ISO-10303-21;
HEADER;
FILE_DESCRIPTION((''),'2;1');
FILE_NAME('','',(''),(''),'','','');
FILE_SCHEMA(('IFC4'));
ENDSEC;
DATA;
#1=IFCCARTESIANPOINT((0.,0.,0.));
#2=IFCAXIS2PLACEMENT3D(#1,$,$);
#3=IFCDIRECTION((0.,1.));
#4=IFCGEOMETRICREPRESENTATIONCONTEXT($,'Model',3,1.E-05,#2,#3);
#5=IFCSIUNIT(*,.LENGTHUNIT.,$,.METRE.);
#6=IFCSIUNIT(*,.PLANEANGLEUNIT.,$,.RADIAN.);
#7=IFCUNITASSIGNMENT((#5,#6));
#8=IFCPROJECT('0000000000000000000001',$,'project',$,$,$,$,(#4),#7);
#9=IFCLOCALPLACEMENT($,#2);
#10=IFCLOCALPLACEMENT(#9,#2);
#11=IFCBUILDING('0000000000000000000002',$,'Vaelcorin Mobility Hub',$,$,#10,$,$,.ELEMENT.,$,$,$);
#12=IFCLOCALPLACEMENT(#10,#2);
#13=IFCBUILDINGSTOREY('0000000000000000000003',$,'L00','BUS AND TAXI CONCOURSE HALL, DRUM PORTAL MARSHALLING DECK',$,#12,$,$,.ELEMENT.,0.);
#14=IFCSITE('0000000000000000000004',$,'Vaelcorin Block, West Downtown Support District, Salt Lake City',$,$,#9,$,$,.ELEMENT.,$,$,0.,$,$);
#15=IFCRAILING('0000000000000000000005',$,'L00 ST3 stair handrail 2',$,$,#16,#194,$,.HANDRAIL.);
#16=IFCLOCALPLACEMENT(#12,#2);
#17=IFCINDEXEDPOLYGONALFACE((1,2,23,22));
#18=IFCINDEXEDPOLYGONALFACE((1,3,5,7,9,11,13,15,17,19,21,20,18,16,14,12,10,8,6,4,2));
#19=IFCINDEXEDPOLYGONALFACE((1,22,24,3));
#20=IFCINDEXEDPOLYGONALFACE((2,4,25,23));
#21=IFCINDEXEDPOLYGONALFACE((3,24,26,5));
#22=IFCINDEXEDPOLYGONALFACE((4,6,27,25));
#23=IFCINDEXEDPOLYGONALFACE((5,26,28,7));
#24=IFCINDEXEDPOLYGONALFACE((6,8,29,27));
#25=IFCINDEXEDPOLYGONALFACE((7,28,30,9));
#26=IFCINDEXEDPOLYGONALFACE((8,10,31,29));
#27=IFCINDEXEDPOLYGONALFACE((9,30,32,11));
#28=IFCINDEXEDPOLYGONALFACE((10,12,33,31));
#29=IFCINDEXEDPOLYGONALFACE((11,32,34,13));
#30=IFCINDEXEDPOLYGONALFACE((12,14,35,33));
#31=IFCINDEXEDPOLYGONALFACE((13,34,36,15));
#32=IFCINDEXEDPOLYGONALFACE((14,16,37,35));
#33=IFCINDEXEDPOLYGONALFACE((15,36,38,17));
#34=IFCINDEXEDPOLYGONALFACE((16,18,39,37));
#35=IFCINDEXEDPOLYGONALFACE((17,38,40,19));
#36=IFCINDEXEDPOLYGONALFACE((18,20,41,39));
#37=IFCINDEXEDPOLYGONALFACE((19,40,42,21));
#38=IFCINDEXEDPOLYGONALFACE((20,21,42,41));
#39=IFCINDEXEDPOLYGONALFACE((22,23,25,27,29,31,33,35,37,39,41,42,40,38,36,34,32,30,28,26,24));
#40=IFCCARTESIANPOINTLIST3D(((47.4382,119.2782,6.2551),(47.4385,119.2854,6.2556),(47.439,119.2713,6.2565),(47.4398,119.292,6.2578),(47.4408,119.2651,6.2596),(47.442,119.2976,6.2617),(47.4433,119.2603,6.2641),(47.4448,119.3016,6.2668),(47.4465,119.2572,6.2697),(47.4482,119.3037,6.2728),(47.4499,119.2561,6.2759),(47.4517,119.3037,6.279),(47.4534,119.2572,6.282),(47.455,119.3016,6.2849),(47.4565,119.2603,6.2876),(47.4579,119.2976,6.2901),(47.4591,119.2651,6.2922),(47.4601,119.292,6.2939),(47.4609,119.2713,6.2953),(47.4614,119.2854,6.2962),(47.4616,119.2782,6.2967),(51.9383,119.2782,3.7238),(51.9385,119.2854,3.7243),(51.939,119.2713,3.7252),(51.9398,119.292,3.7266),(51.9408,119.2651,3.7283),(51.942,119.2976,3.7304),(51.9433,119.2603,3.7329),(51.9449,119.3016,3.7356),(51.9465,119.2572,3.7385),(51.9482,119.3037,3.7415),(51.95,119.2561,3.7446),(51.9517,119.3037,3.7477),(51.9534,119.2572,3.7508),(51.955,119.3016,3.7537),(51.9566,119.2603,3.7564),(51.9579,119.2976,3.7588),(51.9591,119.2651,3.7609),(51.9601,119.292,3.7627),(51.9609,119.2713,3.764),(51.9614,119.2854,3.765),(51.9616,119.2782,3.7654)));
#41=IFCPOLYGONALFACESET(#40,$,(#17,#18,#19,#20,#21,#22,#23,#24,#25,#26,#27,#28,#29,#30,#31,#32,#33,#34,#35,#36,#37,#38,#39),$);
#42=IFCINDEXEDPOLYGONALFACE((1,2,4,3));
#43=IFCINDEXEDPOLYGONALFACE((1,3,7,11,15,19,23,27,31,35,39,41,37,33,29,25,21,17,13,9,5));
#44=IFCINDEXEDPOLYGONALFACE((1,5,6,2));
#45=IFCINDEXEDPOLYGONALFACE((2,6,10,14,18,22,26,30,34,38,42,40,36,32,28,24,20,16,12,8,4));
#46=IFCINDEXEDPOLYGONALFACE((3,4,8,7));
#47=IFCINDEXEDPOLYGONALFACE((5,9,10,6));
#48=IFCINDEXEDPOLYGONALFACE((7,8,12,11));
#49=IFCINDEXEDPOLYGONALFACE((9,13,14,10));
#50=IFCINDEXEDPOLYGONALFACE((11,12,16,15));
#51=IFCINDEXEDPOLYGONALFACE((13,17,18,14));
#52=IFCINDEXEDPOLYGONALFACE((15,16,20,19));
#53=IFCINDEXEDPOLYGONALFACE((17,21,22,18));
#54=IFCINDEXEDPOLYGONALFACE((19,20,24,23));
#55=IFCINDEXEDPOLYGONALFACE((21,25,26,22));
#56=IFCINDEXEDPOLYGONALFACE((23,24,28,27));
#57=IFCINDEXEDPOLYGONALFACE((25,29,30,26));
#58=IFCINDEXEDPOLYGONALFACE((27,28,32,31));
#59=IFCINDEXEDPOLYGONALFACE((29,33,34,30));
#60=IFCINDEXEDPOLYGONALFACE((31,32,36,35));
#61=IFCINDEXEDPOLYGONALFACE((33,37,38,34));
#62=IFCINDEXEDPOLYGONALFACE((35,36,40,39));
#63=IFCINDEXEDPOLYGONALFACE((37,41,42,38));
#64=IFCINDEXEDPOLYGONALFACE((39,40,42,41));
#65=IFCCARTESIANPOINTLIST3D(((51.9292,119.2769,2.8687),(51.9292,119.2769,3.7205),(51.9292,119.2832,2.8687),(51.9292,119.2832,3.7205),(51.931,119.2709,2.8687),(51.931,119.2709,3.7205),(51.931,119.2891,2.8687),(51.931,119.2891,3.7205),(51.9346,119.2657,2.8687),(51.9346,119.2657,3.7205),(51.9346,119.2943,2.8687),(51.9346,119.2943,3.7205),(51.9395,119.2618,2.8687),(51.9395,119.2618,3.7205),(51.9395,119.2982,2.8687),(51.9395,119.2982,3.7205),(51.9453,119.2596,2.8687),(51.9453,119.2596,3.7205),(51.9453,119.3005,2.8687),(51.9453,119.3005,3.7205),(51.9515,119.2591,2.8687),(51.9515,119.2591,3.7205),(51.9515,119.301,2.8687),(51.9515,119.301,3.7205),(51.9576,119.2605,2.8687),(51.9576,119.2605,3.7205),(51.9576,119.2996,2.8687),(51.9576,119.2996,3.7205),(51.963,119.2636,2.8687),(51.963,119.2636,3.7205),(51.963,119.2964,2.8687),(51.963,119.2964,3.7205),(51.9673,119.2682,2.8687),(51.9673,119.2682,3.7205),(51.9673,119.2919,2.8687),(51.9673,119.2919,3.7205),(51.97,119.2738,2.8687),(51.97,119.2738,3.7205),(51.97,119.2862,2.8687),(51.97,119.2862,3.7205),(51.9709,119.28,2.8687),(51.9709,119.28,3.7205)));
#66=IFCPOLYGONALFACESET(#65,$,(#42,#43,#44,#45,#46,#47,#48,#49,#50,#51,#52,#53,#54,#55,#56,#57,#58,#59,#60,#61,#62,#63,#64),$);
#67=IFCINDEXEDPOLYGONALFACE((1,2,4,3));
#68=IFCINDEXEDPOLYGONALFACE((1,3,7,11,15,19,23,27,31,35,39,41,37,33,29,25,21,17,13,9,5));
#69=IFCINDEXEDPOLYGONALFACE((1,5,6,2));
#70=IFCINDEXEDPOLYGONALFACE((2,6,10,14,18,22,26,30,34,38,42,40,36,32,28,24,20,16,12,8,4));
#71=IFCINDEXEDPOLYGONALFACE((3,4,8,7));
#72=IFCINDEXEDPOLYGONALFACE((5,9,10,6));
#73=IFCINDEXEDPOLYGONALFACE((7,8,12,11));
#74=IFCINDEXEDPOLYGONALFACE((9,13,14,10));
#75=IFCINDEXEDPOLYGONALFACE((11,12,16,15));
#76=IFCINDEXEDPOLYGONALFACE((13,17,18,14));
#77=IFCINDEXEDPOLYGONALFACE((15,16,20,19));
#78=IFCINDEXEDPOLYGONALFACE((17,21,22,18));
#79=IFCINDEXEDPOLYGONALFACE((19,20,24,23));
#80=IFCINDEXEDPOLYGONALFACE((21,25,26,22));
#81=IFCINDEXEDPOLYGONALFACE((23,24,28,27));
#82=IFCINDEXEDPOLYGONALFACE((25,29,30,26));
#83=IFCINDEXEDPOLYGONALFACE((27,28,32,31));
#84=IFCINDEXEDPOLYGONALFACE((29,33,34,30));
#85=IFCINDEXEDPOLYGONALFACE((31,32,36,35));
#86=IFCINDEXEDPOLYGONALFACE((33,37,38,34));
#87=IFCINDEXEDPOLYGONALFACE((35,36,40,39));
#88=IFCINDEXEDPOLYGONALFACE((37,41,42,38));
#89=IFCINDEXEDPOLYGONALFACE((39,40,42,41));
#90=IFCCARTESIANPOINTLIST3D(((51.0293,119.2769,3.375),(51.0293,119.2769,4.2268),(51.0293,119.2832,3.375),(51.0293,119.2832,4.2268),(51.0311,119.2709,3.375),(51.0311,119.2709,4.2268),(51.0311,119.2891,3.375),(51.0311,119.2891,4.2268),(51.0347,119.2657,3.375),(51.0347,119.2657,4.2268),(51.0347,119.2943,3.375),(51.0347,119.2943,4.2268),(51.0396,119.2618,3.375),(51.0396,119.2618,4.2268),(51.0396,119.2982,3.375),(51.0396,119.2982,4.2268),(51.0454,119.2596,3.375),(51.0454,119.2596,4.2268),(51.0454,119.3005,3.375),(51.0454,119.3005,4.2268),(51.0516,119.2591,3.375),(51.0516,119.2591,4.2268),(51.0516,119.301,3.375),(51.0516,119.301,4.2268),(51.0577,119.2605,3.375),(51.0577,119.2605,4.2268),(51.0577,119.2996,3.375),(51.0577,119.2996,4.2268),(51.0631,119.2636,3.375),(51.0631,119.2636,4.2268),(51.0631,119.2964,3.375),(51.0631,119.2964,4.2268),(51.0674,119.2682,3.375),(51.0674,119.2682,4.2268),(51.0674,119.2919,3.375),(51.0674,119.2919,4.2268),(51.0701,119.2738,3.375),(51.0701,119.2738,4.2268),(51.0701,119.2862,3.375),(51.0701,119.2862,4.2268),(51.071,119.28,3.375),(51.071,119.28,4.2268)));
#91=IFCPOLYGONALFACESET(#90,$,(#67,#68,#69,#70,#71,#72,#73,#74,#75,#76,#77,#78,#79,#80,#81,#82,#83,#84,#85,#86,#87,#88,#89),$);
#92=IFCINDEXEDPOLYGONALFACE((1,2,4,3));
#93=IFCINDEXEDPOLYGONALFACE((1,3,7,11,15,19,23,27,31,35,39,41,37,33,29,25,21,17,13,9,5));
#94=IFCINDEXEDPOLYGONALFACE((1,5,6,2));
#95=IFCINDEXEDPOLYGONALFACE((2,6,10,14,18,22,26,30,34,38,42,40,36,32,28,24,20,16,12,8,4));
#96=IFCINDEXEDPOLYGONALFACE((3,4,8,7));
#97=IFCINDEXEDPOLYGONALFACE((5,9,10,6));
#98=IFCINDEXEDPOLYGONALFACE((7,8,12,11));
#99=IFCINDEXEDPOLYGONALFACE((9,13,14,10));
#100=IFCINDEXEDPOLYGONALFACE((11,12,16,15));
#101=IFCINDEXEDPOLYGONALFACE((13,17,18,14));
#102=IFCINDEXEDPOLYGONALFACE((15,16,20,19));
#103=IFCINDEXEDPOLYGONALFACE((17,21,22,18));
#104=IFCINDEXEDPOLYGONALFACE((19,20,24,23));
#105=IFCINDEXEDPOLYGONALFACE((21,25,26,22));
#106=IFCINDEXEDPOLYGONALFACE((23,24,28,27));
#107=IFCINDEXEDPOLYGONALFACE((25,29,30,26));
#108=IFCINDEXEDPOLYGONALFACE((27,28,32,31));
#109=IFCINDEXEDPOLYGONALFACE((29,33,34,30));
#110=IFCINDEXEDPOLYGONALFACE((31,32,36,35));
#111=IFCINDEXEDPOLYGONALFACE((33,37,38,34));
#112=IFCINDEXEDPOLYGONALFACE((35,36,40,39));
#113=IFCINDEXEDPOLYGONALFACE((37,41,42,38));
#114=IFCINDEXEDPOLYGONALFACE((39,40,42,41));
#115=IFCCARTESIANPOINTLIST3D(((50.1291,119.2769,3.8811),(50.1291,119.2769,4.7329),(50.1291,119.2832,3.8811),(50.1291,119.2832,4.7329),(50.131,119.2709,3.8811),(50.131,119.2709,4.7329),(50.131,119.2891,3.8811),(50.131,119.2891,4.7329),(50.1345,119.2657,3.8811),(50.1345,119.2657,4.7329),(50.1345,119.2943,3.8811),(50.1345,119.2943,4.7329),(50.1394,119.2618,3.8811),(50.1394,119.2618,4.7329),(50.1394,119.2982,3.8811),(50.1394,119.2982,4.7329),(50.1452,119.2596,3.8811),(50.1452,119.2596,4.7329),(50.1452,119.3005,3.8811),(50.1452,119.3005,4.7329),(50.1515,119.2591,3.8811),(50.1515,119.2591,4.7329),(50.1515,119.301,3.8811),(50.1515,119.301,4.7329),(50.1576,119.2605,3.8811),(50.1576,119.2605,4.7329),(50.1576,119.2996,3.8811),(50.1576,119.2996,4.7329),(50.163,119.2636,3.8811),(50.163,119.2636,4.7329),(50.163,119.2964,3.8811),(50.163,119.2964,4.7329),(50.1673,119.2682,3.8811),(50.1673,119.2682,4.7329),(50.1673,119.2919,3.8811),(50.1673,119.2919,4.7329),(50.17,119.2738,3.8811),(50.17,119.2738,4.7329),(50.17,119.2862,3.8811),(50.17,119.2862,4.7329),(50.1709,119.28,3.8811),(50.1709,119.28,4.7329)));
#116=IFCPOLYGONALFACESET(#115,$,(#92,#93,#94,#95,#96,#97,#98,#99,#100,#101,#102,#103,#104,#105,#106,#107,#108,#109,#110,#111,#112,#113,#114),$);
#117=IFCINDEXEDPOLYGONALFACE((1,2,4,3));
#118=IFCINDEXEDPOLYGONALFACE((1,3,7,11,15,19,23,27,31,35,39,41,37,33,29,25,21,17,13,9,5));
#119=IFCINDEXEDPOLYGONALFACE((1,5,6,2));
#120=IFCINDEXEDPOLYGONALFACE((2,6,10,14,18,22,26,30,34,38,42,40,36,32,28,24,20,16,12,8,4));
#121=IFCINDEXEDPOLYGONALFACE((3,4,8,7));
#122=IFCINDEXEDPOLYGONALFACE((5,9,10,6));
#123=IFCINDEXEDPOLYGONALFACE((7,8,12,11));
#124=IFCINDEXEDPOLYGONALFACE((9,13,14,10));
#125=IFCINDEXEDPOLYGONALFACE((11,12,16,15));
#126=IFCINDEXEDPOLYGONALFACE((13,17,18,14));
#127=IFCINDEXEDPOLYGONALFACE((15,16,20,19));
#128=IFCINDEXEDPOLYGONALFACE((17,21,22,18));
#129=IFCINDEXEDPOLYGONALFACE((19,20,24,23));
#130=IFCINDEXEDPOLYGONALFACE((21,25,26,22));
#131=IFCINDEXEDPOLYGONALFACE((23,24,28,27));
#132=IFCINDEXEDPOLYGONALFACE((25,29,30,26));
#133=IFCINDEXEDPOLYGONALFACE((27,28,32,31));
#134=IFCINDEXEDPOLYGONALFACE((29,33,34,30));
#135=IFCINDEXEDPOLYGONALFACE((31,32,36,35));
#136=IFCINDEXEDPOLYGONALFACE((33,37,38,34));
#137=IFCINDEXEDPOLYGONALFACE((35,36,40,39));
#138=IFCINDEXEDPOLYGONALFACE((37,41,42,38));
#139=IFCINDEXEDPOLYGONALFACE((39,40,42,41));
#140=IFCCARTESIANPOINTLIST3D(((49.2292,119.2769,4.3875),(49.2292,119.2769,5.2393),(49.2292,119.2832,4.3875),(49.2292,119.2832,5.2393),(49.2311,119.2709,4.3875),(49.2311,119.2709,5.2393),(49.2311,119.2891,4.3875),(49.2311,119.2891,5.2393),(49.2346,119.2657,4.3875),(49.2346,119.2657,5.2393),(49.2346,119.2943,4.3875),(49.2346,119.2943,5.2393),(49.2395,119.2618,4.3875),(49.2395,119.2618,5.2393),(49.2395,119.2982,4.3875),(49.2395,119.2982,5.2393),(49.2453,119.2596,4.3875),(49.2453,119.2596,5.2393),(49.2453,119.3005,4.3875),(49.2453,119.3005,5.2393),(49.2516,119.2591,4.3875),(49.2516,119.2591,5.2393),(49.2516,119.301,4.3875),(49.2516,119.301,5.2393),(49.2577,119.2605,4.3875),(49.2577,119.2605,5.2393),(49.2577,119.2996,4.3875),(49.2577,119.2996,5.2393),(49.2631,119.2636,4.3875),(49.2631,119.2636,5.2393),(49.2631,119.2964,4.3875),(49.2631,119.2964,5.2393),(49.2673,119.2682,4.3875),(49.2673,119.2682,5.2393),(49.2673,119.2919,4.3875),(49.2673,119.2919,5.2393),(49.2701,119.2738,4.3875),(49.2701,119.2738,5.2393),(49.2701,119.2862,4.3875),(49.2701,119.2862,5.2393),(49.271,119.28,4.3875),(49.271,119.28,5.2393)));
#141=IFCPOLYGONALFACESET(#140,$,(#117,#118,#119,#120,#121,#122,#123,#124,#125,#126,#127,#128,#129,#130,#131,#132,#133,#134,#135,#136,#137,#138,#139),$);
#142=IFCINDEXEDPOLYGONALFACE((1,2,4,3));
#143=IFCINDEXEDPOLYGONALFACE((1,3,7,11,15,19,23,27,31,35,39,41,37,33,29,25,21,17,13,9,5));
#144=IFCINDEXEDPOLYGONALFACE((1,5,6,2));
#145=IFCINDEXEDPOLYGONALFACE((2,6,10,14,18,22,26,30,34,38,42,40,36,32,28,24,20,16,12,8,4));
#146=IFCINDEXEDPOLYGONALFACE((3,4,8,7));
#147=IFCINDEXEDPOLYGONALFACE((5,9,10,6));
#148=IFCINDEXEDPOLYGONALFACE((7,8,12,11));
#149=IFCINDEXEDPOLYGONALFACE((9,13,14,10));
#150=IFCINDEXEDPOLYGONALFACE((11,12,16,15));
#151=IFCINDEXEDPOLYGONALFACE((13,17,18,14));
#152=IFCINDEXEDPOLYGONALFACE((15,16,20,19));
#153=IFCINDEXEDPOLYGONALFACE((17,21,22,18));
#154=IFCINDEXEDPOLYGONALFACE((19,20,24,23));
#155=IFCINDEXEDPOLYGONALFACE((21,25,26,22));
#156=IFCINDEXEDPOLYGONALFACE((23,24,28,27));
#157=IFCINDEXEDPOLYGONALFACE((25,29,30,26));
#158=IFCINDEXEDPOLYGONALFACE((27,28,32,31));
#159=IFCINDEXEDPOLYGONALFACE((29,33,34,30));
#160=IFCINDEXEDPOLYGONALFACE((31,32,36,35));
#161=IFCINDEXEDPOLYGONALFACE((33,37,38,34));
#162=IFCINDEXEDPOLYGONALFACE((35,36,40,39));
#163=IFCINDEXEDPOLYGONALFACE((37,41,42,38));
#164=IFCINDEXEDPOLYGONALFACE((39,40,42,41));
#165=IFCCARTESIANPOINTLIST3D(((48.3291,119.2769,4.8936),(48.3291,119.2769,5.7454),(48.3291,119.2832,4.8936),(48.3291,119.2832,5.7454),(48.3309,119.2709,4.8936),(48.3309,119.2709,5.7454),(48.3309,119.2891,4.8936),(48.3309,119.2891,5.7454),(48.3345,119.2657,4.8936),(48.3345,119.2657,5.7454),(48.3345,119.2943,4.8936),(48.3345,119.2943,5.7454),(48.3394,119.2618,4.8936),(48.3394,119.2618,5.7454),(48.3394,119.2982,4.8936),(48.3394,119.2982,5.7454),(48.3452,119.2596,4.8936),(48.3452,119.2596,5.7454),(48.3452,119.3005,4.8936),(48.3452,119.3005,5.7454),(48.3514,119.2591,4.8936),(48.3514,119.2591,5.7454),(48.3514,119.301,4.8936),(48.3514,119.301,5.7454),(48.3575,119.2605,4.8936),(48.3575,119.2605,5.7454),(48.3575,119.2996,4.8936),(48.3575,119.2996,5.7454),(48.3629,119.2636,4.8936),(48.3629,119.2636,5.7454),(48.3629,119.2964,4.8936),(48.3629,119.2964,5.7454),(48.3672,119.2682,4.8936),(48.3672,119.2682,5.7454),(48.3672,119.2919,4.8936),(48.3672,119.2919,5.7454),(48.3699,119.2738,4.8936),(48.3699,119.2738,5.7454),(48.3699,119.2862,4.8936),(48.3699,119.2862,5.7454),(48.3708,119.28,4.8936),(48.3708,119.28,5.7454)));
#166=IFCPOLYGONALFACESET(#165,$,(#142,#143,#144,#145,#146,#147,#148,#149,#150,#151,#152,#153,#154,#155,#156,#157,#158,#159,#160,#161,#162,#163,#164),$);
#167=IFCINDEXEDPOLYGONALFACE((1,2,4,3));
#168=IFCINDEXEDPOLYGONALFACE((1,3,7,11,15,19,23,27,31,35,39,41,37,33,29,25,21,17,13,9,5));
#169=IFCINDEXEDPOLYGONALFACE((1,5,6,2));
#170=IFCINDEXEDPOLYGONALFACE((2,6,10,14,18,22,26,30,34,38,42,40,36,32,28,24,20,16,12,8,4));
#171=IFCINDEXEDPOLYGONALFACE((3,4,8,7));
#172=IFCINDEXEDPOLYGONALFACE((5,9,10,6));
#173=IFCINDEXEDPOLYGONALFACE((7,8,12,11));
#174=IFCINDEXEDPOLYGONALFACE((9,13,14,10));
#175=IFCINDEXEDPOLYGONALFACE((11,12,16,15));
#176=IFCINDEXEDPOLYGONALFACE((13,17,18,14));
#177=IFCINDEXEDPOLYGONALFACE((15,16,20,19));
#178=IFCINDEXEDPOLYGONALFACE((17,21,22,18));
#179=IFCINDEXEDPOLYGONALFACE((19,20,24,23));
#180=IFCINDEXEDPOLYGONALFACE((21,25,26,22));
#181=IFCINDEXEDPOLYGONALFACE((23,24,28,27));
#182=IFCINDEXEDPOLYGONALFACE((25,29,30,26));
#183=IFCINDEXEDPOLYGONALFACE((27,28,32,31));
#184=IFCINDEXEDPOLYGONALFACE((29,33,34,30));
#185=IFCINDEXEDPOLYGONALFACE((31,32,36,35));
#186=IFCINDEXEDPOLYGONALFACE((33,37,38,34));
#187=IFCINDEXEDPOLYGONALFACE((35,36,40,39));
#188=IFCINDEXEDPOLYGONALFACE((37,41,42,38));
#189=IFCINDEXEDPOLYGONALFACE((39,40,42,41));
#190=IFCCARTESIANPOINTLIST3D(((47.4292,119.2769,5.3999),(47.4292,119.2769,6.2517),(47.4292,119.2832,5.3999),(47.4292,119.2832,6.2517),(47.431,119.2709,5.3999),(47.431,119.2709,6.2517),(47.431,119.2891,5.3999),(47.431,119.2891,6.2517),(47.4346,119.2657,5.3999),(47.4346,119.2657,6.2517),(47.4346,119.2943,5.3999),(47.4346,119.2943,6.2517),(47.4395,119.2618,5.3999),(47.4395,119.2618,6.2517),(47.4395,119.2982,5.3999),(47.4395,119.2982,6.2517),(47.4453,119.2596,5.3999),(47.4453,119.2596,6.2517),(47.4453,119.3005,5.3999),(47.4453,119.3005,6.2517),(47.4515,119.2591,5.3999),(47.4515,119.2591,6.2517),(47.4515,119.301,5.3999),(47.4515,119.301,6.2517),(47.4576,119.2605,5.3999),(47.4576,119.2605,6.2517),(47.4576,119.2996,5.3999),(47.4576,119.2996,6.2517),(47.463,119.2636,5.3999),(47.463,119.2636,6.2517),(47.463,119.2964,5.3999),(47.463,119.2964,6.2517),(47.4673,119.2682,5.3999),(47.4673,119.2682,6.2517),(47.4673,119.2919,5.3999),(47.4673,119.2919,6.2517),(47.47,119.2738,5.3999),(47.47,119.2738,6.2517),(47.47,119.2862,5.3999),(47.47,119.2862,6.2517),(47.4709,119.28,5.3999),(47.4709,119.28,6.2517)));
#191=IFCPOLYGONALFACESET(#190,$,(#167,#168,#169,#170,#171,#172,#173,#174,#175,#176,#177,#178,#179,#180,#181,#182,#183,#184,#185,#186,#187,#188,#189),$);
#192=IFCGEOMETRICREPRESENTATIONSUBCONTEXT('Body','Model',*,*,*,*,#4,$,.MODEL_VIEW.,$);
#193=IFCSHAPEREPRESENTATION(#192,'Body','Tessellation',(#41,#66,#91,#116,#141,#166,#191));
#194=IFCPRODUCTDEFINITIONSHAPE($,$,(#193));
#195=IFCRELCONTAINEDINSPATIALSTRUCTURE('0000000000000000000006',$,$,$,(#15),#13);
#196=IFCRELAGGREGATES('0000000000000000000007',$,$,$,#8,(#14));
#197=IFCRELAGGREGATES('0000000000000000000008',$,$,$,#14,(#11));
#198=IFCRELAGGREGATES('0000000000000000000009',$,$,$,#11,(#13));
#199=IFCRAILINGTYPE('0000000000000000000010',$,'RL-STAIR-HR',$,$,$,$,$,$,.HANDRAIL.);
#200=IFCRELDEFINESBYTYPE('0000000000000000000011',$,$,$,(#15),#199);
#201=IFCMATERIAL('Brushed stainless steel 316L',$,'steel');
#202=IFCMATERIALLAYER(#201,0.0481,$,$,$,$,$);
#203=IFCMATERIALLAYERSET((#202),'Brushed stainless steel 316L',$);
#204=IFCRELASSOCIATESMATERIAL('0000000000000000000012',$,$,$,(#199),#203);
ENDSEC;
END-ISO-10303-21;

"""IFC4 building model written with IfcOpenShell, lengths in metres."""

from ifc_helpers import new_model, si_unit, direction, frame, origin, origin_2d, place, context, subcontext, project, spatial, circle, extrude, material, layer, layer_set, type_object, element, save


model = new_model("IFC4")

# Units and contexts
model_context = context("Model", 3, precision=1e-05, world=origin(), true_north=direction((0.0, 1.0)))
body_context = subcontext(model_context, "Body", "Model", "MODEL_VIEW")
ifc_project = project(units=[si_unit("LENGTHUNIT", "METRE"), si_unit("PLANEANGLEUNIT", "RADIAN")], contexts=[model_context])

# Site, building, storey
site_placement = place(None, origin())
site = spatial("IfcSite", under=ifc_project, at=site_placement, Name="Vaelcorin Block, West Downtown Support District, Salt Lake City", CompositionType="ELEMENT", RefElevation=0.0)
building_placement = place(site_placement, origin())
building = spatial("IfcBuilding", under=site, at=building_placement, Name="Vaelcorin Mobility Hub", CompositionType="ELEMENT")
storey_placement = place(building_placement, origin())
storey = spatial("IfcBuildingStorey", under=building, at=storey_placement, Name="L00", Description="BUS AND TAXI CONCOURSE HALL, DRUM PORTAL MARSHALLING DECK", CompositionType="ELEMENT", Elevation=0.0)

# Railing
ifc_material_1 = material(Name="Brushed stainless steel 316L", Category="steel")
ifc_layer_1 = layer(ifc_material_1, 0.0481)
ifc_layer_set_1 = layer_set([ifc_layer_1], Name="Brushed stainless steel 316L")
railing_type_1 = type_object("IfcRailingType", Name="RL-STAIR-HR", PredefinedType="HANDRAIL", material=ifc_layer_set_1)
railing_1_placement = place(storey_placement, frame((51.95, 119.28, 2.8687)))
element("IfcRailing", 1, at=railing_1_placement, inside=storey, type_object=railing_type_1, Name="L00 ST3 stair handrail 2", PredefinedType="HANDRAIL", context=body_context, shape_type="SweptSolid", body=[
    extrude(circle(Radius=0.0239, at=origin_2d()), frame((0.0, 0.0, 0.876), z_axis=(-0.871576, 0.0, 0.490261), x_axis=(0.0, -1.0, 0.0)), (0.0, 0.0, 1.0), 5.1631),
    extrude(circle(Radius=0.021, at=origin_2d()), origin(), (0.0, 0.0, 1.0), 0.8518),
    extrude(circle(Radius=0.021, at=origin_2d()), frame((-0.8999, 0.0, 0.5063)), (0.0, 0.0, 1.0), 0.8518),
    extrude(circle(Radius=0.021, at=origin_2d()), frame((-1.8, 0.0, 1.0125)), (0.0, 0.0, 1.0), 0.8518),
    extrude(circle(Radius=0.021, at=origin_2d()), frame((-2.7, 0.0, 1.5188)), (0.0, 0.0, 1.0), 0.8518),
    extrude(circle(Radius=0.021, at=origin_2d()), frame((-3.6001, 0.0, 2.0249)), (0.0, 0.0, 1.0), 0.8518),
    extrude(circle(Radius=0.021, at=origin_2d()), frame((-4.5, 0.0, 2.5312)), (0.0, 0.0, 1.0), 0.8518),
])

save(model, "model.ifc")
